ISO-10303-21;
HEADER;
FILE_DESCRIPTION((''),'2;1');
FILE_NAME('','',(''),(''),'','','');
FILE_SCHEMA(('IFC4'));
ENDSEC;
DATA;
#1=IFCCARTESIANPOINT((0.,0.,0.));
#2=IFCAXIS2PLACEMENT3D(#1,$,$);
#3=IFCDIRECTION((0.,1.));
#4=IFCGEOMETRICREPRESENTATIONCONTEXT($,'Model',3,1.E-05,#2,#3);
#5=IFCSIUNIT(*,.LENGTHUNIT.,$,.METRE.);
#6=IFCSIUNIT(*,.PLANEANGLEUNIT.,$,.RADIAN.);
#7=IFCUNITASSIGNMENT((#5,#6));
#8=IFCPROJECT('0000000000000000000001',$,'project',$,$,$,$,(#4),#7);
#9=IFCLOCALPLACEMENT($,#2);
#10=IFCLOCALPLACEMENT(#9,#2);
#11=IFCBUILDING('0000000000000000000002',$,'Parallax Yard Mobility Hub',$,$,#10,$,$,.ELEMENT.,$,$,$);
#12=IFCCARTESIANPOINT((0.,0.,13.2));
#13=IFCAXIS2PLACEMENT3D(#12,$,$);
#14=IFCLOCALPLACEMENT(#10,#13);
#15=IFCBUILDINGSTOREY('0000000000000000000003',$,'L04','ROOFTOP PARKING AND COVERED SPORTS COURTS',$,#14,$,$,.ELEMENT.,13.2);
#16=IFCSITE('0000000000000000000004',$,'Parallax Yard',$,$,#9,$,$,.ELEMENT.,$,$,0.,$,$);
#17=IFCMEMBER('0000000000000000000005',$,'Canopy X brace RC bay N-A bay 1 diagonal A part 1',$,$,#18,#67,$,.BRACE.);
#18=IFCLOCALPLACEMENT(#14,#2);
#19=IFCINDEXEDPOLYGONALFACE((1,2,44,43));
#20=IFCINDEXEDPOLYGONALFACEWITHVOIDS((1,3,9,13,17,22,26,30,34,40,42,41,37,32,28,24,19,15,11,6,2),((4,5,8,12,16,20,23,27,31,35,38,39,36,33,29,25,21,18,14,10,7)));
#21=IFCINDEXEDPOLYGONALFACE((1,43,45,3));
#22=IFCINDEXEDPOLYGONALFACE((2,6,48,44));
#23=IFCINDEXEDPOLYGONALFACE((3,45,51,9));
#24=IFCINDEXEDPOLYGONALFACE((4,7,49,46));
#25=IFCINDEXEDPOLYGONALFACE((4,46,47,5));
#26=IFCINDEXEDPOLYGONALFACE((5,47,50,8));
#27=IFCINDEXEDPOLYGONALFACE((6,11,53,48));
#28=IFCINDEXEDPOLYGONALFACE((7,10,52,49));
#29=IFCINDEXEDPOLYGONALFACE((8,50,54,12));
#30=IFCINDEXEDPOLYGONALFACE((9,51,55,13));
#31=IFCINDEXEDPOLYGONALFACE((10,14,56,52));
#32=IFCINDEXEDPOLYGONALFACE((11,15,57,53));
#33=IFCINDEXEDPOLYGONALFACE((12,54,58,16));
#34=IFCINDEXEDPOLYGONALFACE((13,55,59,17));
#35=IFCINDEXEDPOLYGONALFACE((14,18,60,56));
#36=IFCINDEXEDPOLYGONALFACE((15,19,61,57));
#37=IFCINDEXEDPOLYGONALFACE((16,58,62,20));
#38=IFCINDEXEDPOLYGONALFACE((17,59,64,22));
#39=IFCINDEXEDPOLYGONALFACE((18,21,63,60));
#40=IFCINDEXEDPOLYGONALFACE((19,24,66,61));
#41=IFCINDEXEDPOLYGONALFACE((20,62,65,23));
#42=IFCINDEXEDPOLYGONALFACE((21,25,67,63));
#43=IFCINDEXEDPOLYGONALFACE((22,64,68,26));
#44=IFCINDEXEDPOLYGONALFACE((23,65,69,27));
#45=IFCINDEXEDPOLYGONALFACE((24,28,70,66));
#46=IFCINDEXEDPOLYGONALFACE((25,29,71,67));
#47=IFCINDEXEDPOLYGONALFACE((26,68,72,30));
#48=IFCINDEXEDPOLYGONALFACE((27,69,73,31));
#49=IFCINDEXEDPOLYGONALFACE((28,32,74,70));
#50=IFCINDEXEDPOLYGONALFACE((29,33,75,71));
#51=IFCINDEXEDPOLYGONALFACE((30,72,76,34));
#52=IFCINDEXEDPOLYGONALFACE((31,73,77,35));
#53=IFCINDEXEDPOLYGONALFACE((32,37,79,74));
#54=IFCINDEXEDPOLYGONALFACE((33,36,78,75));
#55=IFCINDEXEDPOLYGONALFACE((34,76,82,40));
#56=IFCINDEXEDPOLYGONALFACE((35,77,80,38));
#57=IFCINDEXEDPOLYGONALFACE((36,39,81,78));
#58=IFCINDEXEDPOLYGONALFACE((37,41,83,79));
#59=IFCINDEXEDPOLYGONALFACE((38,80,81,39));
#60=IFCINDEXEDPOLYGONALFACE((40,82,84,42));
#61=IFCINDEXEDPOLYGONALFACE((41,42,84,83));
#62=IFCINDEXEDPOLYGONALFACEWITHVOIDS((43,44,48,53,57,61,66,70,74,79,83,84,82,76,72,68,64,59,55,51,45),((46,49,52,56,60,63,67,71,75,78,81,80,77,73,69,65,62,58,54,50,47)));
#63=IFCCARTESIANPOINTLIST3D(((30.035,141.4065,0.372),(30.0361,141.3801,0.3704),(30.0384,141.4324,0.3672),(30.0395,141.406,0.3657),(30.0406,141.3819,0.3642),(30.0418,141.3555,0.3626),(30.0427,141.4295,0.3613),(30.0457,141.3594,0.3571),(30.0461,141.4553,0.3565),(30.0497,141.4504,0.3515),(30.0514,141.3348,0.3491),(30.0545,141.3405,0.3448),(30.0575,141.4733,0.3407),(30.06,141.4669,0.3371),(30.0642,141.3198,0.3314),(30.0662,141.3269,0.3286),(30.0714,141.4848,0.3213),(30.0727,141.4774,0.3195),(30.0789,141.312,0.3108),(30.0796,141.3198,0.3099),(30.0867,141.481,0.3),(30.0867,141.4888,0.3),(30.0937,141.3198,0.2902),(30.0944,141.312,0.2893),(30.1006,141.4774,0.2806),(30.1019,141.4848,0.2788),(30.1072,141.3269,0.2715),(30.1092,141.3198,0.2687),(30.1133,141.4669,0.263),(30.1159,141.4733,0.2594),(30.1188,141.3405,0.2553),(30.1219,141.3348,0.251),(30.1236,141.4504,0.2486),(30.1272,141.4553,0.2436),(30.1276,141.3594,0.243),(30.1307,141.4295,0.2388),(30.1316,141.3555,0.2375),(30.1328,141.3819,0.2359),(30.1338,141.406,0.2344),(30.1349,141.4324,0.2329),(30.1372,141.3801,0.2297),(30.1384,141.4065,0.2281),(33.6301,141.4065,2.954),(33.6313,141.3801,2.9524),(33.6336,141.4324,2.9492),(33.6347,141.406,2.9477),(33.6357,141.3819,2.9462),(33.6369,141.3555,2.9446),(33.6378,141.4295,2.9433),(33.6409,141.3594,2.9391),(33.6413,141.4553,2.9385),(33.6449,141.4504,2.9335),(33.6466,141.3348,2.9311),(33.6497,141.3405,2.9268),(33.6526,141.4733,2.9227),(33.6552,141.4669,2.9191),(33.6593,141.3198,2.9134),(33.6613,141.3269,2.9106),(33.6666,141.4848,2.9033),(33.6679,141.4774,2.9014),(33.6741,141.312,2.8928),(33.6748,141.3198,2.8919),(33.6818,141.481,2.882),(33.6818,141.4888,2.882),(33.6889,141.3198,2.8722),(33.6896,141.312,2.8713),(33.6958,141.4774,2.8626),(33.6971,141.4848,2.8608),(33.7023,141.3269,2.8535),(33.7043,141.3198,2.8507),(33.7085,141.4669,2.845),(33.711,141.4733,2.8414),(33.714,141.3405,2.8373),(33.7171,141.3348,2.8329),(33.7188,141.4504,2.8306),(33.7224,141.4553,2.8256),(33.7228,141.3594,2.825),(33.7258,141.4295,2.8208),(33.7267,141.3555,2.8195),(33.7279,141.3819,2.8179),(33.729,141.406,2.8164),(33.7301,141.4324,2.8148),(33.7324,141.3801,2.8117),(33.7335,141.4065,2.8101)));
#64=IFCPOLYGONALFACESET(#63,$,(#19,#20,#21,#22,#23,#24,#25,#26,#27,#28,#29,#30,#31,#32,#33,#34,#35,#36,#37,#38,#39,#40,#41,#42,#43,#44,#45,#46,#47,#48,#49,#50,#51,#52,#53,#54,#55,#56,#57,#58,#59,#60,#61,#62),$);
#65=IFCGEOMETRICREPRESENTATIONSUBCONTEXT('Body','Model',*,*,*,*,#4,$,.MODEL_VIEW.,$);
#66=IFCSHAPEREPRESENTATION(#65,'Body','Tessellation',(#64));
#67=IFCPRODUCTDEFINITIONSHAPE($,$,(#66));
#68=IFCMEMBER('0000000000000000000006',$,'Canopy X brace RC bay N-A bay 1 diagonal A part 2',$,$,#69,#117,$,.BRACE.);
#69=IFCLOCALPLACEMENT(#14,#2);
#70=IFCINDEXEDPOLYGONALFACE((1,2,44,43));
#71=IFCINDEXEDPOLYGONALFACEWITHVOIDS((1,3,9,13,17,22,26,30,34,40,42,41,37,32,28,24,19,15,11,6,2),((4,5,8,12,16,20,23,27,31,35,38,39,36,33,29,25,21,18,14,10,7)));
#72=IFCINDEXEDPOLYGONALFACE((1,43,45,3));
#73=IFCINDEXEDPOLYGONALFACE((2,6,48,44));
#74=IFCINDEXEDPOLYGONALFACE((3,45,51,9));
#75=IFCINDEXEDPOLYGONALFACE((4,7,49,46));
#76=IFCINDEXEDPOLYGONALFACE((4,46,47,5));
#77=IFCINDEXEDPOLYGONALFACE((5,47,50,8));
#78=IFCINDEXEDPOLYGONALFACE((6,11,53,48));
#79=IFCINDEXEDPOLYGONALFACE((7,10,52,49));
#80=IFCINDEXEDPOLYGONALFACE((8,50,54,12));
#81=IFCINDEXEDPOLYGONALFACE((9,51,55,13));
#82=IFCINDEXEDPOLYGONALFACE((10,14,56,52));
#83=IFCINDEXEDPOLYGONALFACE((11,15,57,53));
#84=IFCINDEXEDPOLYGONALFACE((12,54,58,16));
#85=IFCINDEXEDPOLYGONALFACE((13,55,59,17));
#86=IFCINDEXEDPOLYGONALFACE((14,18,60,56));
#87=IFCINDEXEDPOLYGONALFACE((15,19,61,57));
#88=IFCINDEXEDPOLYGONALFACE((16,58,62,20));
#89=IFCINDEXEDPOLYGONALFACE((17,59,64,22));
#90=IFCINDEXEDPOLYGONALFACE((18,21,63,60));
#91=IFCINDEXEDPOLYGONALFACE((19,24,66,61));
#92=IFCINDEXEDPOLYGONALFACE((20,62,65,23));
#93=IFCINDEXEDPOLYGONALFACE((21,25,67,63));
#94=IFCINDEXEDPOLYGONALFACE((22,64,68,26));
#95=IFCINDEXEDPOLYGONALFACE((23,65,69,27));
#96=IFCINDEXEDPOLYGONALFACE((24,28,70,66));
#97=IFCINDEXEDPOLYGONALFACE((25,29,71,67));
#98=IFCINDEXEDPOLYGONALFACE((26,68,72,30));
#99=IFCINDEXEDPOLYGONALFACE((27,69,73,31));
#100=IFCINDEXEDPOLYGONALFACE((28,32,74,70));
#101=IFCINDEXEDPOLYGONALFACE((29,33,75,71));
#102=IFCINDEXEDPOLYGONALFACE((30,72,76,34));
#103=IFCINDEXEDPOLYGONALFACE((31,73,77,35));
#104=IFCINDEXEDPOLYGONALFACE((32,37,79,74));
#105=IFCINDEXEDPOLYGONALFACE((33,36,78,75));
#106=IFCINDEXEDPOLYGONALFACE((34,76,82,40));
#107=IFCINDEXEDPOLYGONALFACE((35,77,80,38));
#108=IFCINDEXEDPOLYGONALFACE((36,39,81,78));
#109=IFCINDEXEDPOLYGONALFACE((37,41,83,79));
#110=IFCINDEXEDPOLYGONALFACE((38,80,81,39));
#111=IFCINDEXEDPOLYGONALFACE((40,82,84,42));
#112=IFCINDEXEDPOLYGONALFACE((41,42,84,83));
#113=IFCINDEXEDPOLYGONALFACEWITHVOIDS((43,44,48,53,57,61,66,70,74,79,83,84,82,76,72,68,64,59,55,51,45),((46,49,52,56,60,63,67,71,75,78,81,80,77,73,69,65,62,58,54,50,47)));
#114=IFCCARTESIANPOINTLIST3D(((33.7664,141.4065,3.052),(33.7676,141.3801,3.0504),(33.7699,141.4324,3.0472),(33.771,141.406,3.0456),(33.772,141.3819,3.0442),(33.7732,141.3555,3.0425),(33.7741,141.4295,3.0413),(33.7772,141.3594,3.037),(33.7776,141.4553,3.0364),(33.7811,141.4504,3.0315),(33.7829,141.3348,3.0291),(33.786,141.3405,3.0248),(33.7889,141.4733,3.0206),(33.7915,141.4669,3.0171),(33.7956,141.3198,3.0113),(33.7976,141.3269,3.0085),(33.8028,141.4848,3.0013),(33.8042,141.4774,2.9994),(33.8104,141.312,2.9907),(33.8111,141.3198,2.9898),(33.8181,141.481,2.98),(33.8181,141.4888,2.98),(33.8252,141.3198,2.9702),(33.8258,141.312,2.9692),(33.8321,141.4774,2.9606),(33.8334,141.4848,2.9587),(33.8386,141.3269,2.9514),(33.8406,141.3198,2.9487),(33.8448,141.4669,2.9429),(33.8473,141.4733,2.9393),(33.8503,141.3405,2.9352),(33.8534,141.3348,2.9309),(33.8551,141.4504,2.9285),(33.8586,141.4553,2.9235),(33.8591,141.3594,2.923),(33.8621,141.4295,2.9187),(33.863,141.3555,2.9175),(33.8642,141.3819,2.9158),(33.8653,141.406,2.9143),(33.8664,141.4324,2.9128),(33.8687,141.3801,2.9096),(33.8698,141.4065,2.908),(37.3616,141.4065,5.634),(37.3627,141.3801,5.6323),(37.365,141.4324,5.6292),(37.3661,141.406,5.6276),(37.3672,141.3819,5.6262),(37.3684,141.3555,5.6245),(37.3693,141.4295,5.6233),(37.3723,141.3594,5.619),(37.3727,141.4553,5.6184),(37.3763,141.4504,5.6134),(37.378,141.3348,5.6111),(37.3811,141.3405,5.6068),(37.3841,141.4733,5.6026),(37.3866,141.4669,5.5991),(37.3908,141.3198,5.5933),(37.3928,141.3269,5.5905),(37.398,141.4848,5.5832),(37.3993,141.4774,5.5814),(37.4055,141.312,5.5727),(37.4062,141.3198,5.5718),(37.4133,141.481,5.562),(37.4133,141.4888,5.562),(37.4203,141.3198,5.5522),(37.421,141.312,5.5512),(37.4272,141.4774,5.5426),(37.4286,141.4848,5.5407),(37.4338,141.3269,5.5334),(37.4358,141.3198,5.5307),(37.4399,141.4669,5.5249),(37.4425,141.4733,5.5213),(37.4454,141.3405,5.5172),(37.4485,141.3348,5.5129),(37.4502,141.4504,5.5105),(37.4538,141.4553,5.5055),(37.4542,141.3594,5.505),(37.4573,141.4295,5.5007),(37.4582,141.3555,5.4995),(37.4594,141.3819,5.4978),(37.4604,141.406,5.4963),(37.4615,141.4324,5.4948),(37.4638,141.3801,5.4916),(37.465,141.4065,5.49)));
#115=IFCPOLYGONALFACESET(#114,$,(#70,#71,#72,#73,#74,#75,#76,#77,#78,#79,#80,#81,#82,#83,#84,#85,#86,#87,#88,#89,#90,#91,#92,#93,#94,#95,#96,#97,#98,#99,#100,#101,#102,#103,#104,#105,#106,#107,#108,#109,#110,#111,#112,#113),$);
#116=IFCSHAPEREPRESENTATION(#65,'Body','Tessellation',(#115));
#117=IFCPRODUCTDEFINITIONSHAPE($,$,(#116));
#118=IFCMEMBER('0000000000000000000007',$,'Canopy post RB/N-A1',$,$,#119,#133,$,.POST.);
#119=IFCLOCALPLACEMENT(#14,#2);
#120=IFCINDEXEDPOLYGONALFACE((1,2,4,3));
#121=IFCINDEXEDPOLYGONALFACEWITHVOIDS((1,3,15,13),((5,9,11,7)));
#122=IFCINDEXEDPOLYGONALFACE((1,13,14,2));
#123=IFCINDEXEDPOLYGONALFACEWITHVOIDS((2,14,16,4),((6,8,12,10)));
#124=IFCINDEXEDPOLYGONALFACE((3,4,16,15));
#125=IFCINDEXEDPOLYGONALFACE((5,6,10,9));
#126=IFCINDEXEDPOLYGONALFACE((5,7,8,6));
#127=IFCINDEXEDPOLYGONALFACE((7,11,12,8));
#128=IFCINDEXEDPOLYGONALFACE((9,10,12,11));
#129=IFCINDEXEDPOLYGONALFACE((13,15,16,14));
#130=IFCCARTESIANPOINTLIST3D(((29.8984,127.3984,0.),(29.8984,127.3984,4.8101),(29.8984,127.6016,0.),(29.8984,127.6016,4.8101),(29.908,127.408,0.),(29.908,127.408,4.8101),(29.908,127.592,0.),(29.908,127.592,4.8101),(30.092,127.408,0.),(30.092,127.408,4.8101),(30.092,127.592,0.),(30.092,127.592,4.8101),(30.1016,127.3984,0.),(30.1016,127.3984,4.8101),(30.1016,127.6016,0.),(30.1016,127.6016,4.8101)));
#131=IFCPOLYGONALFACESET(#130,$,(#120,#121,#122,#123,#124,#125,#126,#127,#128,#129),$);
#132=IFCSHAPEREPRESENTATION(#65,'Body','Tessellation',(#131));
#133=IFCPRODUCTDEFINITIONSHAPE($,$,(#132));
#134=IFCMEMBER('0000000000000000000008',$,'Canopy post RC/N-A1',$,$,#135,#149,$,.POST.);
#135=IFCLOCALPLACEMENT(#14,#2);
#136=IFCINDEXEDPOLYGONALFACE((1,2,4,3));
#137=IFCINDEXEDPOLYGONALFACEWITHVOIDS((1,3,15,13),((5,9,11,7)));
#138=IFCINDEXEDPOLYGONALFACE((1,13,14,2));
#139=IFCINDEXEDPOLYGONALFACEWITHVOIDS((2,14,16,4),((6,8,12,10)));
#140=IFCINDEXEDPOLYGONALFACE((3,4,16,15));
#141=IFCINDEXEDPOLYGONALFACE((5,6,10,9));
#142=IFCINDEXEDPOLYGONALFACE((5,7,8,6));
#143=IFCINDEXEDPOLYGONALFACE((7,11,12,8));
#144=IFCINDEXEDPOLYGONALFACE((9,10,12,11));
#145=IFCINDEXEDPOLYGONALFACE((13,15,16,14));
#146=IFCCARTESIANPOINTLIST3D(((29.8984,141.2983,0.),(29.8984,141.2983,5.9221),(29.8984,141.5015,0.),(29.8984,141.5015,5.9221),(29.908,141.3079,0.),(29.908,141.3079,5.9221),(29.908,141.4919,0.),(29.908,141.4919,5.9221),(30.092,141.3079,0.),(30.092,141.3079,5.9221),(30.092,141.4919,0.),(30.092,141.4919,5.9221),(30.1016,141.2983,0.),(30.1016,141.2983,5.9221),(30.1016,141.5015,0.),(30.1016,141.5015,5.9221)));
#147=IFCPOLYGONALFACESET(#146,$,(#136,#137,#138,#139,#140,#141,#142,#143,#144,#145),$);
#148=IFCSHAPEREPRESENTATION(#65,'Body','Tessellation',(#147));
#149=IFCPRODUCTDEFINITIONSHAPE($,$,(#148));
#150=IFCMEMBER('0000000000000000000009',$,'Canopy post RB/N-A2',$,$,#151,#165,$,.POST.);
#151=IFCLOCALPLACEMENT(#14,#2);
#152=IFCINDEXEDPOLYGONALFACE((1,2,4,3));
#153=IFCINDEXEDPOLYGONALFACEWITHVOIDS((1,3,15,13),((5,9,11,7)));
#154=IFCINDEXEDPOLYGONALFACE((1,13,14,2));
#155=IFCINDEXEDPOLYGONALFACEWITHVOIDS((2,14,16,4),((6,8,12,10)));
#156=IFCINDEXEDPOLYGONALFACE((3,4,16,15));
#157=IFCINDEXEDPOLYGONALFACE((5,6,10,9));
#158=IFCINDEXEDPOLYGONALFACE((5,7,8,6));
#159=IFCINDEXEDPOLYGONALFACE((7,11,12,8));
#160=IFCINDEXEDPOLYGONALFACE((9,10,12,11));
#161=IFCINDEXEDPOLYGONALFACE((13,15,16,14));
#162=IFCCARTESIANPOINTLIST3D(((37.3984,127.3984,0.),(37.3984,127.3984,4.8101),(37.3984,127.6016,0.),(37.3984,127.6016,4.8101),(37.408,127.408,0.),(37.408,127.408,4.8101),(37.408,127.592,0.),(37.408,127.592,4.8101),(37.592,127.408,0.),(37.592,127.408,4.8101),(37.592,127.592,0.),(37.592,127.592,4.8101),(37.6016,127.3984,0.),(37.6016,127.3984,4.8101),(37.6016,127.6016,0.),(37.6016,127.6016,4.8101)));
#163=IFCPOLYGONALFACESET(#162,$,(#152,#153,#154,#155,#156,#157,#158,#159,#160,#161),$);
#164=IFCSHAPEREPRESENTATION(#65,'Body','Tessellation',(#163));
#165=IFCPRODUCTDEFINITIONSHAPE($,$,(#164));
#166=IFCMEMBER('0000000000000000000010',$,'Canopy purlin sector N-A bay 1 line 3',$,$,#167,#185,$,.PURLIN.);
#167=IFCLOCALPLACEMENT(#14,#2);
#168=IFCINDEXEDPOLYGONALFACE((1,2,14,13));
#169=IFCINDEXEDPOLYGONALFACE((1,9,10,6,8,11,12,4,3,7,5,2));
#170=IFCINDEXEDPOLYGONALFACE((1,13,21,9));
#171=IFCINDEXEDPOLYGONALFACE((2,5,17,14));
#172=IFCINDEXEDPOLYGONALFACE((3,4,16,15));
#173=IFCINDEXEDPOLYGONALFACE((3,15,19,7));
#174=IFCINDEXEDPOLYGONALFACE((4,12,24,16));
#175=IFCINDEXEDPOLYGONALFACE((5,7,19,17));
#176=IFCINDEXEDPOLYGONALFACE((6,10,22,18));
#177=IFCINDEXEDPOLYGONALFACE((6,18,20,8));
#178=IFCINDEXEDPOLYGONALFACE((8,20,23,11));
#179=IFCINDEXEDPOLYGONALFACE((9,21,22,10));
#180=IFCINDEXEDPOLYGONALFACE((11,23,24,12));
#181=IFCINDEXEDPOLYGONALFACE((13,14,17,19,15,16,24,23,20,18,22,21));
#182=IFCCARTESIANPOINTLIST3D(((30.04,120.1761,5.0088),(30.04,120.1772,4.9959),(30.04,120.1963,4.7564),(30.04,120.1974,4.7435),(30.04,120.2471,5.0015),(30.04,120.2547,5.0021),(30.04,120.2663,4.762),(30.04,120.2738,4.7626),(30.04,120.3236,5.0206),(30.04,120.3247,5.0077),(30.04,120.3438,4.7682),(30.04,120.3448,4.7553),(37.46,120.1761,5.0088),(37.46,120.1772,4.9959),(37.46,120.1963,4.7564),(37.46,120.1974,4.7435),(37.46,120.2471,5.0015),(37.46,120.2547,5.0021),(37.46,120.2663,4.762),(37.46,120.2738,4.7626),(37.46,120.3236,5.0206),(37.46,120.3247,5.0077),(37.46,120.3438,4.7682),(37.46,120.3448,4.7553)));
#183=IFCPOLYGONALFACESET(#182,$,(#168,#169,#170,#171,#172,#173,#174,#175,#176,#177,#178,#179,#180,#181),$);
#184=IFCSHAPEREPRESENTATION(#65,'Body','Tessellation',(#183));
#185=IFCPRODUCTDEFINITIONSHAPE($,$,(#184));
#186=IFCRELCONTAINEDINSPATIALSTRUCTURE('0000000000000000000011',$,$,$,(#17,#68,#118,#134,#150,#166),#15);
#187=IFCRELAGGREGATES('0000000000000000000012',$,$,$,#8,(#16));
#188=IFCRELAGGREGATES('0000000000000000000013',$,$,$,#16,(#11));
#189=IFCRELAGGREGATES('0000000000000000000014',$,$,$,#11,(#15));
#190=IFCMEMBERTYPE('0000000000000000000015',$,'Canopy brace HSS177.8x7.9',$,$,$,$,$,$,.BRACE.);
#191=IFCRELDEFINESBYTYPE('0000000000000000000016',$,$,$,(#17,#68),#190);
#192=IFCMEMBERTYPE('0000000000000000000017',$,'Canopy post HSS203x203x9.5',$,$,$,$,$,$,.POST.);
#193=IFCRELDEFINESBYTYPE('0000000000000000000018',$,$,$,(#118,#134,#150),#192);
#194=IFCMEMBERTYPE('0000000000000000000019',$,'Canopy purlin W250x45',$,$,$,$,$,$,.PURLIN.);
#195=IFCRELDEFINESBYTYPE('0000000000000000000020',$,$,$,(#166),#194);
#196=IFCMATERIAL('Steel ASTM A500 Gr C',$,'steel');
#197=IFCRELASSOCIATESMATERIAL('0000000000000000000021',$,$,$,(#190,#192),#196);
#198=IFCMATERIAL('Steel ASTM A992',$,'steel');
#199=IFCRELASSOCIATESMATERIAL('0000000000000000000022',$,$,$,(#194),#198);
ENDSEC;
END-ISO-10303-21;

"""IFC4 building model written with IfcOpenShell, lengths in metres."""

from ifc_helpers import new_model, si_unit, direction, frame, origin, origin_2d, place, context, subcontext, project, spatial, hollow_rectangle, hollow_circle, i_section, extrude, material, material_profile, profile_set, type_object, element, save


model = new_model("IFC4")

# Units and contexts
model_context = context("Model", 3, precision=1e-05, world=origin(), true_north=direction((0.0, 1.0)))
body_context = subcontext(model_context, "Body", "Model", "MODEL_VIEW")
ifc_project = project(units=[si_unit("LENGTHUNIT", "METRE"), si_unit("PLANEANGLEUNIT", "RADIAN")], contexts=[model_context])

# Site, building, storey
site_placement = place(None, origin())
site = spatial("IfcSite", under=ifc_project, at=site_placement, Name="Parallax Yard", CompositionType="ELEMENT", RefElevation=0.0)
building_placement = place(site_placement, origin())
building = spatial("IfcBuilding", under=site, at=building_placement, Name="Parallax Yard Mobility Hub", CompositionType="ELEMENT")
storey_placement = place(building_placement, frame((0.0, 0.0, 13.2)))
storey = spatial("IfcBuildingStorey", under=building, at=storey_placement, Name="L04", Description="ROOFTOP PARKING AND COVERED SPORTS COURTS", CompositionType="ELEMENT", Elevation=13.2)

# Members
ifc_material_1 = material(Name="Steel ASTM A500 Gr C", Category="steel")
ifc_material_profile_1 = material_profile(ifc_material_1, hollow_circle(Radius=0.0889, WallThickness=0.0078, at=origin_2d()), Name="HSS177.8x7.9")
ifc_profile_set_1 = profile_set([ifc_material_profile_1], Name="Steel ASTM A500 Gr C")
member_type_1 = type_object("IfcMemberType", Name="Canopy brace HSS177.8x7.9", PredefinedType="BRACE", material=ifc_profile_set_1)
for number, where, z_axis, x_axis, name in (
    (1, (30.0867, 141.3999, 0.3), (0.812233, 0.0, 0.583334), (0.0, 1.0, 0.0), "Canopy X brace RC bay N-A bay 1 diagonal A part 1"),
    (2, (33.8181, 141.3999, 2.98), (0.812233, 0.0, 0.583334), (0.0, 1.0, 0.0), "Canopy X brace RC bay N-A bay 1 diagonal A part 2"),
):
    element("IfcMember", number, at=place(storey_placement, frame(where, z_axis=z_axis, x_axis=x_axis)), inside=storey, type_object=member_type_1, Name=name, PredefinedType="BRACE", context=body_context, shape_type="SweptSolid", body=[
        extrude(hollow_circle(Radius=0.0889, WallThickness=0.0078, at=origin_2d()), origin(), (0.0, 0.0, 1.0), 4.4263),
    ])
ifc_material_profile_2 = material_profile(ifc_material_1, hollow_rectangle(XDim=0.2031, YDim=0.2031, WallThickness=0.0095, at=origin_2d()), Name="HSS203x203x9.5")
ifc_profile_set_2 = profile_set([ifc_material_profile_2], Name="Steel ASTM A500 Gr C")
member_type_2 = type_object("IfcMemberType", Name="Canopy post HSS203x203x9.5", PredefinedType="POST", material=ifc_profile_set_2)
member_1_placement = place(storey_placement, frame((30.0, 127.5, 0.0), z_axis=(0.0, 0.0, 1.0), x_axis=(1.0, 0.0, 0.0)))
element("IfcMember", 3, at=member_1_placement, inside=storey, type_object=member_type_2, Name="Canopy post RB/N-A1", PredefinedType="POST", context=body_context, shape_type="SweptSolid", body=[
    extrude(hollow_rectangle(XDim=0.2031, YDim=0.2031, WallThickness=0.0095, at=origin_2d()), origin(), (0.0, 0.0, 1.0), 4.8101),
])
member_2_placement = place(storey_placement, frame((30.0, 141.3999, 0.0), z_axis=(0.0, 0.0, 1.0), x_axis=(1.0, 0.0, 0.0)))
element("IfcMember", 4, at=member_2_placement, inside=storey, type_object=member_type_2, Name="Canopy post RC/N-A1", PredefinedType="POST", context=body_context, shape_type="SweptSolid", body=[
    extrude(hollow_rectangle(XDim=0.2031, YDim=0.2031, WallThickness=0.0095, at=origin_2d()), origin(), (0.0, 0.0, 1.0), 5.9221),
])
member_3_placement = place(storey_placement, frame((37.5, 127.5, 0.0), z_axis=(0.0, 0.0, 1.0), x_axis=(1.0, 0.0, 0.0)))
element("IfcMember", 5, at=member_3_placement, inside=storey, type_object=member_type_2, Name="Canopy post RB/N-A2", PredefinedType="POST", context=body_context, shape_type="SweptSolid", body=[
    extrude(hollow_rectangle(XDim=0.2031, YDim=0.2031, WallThickness=0.0095, at=origin_2d()), origin(), (0.0, 0.0, 1.0), 4.8101),
])
ifc_material_2 = material(Name="Steel ASTM A992", Category="steel")
ifc_material_profile_3 = material_profile(ifc_material_2, i_section(OverallWidth=0.1479, OverallDepth=0.2661, WebThickness=0.0076, FlangeThickness=0.0129, at=origin_2d()), Name="W250x45")
ifc_profile_set_3 = profile_set([ifc_material_profile_3], Name="Steel ASTM A992")
member_type_3 = type_object("IfcMemberType", Name="Canopy purlin W250x45", PredefinedType="PURLIN", material=ifc_profile_set_3)
for number, where, z_axis, x_axis, name in (
    (6, (30.04, 120.2605, 4.8821), (1.0, 0.0, 0.0), (0.0, 0.996815, 0.079745), "Canopy purlin sector N-A bay 1 line 3"),
):
    element("IfcMember", number, at=place(storey_placement, frame(where, z_axis=z_axis, x_axis=x_axis)), inside=storey, type_object=member_type_3, Name=name, PredefinedType="PURLIN", context=body_context, shape_type="SweptSolid", body=[
        extrude(i_section(OverallWidth=0.1479, OverallDepth=0.2661, WebThickness=0.0076, FlangeThickness=0.0129, at=origin_2d()), origin(), (0.0, 0.0, 1.0), 7.4199),
    ])

save(model, "model.ifc")
